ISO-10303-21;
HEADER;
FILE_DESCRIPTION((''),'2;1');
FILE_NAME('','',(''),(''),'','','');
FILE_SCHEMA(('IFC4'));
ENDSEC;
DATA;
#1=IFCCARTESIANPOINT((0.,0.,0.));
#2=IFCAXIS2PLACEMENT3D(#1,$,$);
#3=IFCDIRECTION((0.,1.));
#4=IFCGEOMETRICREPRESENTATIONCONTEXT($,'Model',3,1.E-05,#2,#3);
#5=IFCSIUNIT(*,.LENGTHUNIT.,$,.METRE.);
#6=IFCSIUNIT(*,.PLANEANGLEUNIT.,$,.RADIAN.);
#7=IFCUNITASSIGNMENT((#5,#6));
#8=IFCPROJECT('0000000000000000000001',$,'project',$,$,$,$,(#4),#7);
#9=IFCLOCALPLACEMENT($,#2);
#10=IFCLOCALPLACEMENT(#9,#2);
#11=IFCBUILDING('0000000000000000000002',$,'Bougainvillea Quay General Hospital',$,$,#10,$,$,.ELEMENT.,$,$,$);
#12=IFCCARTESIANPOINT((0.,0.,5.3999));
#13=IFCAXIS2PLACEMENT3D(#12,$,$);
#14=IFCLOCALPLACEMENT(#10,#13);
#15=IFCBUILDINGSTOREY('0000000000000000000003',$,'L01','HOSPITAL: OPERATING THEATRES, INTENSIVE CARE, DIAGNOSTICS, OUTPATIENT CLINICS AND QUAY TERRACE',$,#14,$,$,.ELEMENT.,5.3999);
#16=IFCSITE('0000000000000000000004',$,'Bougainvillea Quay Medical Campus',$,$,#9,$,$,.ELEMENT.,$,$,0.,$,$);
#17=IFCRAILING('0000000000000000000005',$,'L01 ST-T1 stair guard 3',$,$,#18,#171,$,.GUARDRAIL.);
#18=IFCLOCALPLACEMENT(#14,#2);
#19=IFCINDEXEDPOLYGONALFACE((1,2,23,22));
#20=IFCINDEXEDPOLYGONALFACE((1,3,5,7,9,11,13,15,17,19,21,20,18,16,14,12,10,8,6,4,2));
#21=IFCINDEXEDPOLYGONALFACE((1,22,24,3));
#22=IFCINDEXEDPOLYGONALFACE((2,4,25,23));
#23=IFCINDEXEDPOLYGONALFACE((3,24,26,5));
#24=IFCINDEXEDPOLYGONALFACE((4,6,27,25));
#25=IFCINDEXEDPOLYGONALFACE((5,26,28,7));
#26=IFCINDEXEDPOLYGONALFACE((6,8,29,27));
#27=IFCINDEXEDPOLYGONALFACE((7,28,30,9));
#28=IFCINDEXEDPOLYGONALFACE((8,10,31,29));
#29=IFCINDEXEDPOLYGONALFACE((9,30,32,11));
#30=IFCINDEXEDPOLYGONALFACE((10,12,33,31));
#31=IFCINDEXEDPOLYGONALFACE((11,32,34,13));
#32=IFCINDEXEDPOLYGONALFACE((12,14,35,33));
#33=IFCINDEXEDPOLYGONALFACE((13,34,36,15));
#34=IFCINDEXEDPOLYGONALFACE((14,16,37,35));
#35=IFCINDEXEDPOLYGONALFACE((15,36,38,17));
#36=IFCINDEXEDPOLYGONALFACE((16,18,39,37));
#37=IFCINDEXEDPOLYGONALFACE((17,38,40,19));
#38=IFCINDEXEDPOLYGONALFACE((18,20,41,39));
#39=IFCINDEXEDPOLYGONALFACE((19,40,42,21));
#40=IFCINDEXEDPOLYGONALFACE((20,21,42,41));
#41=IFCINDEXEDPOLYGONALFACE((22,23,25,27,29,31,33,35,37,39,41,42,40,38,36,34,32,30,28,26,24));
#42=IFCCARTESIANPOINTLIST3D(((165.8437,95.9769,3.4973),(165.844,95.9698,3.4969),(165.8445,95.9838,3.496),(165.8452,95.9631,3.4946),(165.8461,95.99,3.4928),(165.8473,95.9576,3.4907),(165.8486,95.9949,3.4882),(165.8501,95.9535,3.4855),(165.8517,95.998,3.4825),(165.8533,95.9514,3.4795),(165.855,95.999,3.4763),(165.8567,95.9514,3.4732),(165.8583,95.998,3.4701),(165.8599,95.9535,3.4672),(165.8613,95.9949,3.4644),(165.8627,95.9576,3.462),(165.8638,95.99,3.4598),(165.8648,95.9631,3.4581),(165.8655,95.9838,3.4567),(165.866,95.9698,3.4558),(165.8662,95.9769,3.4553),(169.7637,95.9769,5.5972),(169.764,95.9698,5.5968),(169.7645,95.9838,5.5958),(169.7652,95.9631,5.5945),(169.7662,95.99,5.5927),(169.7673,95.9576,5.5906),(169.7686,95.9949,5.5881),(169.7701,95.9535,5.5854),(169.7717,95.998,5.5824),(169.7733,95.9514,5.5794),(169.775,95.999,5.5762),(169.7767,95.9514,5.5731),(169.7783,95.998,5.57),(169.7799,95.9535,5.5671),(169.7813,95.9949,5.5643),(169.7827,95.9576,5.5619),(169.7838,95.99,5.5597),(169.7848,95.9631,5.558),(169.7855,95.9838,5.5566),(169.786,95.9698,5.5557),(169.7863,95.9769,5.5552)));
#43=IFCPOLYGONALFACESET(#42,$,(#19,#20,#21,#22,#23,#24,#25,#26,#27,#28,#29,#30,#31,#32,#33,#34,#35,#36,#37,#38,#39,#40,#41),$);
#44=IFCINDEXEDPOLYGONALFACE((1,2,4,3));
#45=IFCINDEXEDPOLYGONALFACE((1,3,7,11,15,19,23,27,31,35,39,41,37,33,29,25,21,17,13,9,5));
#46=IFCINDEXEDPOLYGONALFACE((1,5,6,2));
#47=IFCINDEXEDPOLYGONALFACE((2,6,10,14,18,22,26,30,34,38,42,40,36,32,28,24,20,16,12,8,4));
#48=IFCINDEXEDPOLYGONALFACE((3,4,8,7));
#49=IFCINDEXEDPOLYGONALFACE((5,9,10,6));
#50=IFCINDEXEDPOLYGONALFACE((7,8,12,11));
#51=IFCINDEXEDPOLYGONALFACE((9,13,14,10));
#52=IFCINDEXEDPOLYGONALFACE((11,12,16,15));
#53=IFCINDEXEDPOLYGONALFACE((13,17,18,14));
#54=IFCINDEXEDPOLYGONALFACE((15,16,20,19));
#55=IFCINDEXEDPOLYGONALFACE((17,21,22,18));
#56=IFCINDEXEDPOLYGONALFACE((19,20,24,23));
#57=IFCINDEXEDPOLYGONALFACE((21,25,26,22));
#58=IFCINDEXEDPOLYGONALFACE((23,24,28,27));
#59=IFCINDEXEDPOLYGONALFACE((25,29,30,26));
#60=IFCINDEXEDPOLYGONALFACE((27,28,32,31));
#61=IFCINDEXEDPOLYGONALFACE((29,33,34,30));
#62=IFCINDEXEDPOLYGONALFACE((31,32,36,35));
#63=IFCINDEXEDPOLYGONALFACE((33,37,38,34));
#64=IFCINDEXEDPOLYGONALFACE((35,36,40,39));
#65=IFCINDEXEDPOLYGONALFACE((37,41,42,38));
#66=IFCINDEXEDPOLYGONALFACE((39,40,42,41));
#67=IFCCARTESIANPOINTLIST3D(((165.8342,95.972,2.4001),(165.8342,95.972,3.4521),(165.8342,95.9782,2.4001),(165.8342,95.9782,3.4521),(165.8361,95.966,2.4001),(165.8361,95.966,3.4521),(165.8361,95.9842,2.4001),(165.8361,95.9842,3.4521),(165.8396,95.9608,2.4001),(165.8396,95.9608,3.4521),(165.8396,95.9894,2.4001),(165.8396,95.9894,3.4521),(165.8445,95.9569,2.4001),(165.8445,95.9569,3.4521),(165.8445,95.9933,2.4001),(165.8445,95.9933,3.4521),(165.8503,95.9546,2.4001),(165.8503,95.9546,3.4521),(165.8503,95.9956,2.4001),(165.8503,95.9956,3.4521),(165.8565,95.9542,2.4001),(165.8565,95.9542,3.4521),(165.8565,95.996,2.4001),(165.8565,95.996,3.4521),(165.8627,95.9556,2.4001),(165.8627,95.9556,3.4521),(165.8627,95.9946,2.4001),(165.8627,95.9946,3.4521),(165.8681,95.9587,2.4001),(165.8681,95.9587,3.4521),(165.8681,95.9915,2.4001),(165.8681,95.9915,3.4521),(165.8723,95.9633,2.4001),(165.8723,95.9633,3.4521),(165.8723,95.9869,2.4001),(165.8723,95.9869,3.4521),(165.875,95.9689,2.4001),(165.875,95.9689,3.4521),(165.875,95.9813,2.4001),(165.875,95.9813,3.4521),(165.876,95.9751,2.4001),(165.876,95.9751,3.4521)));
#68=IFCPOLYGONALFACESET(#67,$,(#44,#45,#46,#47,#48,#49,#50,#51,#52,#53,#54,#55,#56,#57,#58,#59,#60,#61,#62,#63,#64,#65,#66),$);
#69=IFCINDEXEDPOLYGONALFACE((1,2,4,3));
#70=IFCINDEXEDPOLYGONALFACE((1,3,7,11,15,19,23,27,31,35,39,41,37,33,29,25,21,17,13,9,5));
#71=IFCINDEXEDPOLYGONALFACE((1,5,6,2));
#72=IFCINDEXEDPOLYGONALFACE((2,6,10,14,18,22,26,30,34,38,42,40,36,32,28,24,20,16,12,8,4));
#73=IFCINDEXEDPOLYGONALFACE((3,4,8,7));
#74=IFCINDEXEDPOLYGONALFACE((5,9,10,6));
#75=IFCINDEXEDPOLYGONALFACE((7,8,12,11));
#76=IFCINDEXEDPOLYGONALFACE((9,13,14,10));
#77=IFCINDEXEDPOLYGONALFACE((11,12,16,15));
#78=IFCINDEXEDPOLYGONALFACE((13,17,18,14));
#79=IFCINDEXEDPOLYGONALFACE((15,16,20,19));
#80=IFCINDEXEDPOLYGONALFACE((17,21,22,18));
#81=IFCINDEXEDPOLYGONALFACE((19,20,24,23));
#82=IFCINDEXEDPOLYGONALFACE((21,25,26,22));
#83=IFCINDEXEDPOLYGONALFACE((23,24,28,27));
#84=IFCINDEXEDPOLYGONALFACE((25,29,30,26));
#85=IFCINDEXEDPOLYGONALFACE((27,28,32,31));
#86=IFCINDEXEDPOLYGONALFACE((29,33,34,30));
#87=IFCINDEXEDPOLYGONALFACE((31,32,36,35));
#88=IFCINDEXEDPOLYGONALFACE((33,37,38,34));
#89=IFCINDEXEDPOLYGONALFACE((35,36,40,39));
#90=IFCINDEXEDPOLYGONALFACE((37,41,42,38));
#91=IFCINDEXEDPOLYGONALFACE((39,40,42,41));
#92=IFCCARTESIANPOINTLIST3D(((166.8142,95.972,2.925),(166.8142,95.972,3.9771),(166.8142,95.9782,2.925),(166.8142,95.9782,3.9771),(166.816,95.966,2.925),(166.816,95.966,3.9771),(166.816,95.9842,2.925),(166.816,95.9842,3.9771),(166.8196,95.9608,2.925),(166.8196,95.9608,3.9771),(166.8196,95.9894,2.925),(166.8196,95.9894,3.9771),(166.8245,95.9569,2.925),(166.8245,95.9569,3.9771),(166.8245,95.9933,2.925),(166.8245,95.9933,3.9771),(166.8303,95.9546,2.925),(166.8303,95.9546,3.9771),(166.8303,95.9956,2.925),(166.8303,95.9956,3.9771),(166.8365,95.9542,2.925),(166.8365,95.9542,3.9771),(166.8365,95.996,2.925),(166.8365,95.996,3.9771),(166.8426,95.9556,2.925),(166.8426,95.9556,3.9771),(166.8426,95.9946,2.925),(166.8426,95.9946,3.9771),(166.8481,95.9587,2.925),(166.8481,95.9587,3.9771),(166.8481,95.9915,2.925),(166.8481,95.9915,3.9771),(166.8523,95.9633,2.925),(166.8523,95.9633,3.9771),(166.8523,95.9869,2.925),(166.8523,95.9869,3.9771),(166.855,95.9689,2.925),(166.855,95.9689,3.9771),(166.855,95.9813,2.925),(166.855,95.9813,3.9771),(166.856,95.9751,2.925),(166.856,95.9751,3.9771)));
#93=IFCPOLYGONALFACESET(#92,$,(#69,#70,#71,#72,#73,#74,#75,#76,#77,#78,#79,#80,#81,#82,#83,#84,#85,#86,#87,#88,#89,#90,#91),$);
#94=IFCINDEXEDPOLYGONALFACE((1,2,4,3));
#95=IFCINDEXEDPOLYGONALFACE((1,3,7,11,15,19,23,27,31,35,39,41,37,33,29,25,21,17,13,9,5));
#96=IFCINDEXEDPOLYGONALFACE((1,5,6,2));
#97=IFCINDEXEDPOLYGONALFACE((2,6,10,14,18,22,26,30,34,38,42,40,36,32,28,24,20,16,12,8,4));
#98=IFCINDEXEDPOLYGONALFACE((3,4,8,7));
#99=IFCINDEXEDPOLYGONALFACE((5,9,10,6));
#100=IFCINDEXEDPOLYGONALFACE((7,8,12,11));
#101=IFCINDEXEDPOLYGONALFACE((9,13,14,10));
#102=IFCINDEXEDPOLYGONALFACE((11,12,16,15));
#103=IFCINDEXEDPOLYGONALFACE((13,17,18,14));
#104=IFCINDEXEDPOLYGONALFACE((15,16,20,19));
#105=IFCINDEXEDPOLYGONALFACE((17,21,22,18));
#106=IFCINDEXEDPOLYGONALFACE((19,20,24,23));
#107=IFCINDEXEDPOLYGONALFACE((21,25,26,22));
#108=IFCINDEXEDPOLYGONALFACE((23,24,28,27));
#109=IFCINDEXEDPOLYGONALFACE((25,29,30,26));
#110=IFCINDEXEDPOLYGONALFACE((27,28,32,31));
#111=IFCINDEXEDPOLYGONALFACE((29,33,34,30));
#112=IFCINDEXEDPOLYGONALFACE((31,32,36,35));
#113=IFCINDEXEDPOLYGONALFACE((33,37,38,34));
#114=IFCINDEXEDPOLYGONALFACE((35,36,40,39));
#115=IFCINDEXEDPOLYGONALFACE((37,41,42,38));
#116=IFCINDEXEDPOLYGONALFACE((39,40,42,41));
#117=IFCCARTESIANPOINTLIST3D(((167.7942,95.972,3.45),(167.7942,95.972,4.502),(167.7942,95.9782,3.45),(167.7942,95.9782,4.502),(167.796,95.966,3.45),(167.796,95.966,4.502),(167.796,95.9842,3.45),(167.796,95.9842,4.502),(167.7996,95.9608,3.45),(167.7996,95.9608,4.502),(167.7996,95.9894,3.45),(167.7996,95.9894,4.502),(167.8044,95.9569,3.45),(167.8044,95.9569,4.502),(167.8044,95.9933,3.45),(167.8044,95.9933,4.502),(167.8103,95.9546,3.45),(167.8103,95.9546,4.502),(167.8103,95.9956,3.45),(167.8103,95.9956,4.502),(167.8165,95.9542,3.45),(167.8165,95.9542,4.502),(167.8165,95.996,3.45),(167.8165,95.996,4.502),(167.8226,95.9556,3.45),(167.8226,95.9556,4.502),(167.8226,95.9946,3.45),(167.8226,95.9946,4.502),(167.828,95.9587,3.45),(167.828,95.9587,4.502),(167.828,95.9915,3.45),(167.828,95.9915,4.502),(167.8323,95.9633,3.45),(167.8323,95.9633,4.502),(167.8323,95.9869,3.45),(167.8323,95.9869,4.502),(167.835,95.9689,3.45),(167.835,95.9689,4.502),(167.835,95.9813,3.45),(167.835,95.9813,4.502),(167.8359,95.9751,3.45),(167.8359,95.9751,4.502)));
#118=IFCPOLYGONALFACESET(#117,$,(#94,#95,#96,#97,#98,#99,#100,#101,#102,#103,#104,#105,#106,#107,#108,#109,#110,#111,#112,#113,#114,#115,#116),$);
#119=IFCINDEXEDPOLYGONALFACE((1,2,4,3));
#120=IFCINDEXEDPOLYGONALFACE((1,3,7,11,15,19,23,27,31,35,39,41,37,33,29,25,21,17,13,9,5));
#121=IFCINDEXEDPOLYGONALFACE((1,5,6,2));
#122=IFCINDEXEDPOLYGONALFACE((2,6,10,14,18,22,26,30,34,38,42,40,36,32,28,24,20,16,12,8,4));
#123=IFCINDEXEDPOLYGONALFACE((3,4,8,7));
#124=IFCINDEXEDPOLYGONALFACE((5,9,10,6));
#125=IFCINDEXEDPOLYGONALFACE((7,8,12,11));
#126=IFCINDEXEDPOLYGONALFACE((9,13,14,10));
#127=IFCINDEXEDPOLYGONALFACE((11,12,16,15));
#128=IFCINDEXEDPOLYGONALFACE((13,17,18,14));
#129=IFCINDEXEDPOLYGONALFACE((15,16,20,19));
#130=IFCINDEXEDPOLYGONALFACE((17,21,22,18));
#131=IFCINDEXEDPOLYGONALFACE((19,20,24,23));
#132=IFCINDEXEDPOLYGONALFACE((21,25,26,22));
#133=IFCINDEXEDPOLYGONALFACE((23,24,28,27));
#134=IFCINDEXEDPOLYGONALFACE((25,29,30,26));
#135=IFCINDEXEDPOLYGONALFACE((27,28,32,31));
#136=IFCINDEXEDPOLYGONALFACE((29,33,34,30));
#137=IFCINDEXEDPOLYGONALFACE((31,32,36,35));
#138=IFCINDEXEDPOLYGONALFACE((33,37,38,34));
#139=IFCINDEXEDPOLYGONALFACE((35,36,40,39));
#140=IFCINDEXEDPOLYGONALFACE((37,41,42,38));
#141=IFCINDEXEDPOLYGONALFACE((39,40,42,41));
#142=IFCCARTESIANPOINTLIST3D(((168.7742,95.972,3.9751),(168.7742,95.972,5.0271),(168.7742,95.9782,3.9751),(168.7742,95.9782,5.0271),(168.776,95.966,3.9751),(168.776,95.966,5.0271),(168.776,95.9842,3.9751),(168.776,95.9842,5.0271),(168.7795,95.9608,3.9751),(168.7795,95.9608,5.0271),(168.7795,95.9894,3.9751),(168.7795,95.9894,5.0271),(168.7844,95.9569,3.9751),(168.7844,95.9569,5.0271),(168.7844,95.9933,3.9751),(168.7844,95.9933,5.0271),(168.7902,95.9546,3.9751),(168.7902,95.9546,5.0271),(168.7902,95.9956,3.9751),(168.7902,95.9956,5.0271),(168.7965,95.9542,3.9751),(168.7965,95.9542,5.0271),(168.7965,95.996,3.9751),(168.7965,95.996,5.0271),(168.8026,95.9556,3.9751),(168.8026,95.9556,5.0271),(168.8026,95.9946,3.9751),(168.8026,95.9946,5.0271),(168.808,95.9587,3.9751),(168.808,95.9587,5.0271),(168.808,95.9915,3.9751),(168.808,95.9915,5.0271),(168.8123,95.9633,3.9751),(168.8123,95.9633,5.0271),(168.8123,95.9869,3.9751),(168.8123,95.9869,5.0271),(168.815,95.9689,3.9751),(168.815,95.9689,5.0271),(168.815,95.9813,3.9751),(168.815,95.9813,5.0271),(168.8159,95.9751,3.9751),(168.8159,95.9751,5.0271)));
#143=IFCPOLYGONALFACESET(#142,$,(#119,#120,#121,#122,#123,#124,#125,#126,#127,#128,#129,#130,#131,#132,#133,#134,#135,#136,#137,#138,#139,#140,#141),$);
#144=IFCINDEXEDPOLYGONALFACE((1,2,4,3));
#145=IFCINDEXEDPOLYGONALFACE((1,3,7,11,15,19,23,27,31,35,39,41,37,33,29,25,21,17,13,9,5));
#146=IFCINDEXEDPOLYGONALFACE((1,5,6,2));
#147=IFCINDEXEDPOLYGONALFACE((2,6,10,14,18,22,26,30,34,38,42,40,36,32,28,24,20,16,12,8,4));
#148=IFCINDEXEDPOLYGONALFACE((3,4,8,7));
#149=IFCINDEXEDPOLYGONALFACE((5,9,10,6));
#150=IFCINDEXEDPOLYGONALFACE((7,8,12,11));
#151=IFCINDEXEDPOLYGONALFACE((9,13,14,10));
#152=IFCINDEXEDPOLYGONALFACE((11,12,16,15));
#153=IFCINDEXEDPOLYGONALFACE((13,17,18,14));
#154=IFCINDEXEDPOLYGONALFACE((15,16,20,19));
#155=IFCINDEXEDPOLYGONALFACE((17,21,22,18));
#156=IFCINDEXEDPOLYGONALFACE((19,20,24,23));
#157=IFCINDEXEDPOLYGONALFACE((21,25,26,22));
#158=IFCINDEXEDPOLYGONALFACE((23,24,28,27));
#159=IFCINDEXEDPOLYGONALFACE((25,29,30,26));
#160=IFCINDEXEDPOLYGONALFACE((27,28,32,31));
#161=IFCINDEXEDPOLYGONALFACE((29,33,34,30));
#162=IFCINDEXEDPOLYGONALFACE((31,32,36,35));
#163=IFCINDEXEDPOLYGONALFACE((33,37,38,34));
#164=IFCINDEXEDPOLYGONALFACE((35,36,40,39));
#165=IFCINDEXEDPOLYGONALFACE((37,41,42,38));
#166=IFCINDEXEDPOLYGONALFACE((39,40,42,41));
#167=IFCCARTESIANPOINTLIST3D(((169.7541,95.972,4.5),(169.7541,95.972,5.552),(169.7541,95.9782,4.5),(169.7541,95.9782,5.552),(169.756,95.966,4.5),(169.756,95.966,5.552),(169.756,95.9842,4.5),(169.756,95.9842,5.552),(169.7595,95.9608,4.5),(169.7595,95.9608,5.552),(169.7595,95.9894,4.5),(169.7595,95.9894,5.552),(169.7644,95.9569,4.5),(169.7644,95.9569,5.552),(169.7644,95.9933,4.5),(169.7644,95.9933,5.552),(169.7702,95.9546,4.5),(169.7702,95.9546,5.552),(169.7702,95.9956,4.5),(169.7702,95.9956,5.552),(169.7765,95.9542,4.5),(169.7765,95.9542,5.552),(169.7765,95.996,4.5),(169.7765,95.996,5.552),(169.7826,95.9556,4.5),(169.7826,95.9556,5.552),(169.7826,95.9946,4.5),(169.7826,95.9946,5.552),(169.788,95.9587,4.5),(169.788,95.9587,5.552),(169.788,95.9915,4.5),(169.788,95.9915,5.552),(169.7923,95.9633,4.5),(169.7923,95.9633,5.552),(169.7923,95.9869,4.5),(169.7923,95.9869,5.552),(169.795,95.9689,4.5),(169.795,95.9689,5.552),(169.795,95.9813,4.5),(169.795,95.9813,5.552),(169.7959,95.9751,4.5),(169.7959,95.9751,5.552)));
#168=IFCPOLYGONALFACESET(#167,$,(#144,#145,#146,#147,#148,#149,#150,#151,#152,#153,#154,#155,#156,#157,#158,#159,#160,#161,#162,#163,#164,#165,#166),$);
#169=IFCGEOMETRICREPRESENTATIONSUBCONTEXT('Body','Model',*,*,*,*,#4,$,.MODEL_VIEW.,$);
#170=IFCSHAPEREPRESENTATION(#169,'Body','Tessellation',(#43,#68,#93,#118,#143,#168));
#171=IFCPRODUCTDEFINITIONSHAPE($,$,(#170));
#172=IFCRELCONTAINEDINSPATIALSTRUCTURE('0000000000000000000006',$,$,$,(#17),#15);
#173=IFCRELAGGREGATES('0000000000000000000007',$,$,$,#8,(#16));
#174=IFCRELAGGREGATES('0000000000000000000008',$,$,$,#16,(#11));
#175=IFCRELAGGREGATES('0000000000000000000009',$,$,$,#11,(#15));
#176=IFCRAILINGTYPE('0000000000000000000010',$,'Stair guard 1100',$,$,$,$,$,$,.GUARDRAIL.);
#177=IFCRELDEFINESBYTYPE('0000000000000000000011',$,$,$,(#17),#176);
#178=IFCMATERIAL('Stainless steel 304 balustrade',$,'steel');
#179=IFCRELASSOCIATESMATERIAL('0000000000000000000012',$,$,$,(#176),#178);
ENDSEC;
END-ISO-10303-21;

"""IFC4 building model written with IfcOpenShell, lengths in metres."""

from ifc_helpers import new_model, si_unit, direction, frame, origin, origin_2d, place, context, subcontext, project, spatial, circle, extrude, material, type_object, element, save


model = new_model("IFC4")

# Units and contexts
model_context = context("Model", 3, precision=1e-05, world=origin(), true_north=direction((0.0, 1.0)))
body_context = subcontext(model_context, "Body", "Model", "MODEL_VIEW")
ifc_project = project(units=[si_unit("LENGTHUNIT", "METRE"), si_unit("PLANEANGLEUNIT", "RADIAN")], contexts=[model_context])

# Site, building, storey
site_placement = place(None, origin())
site = spatial("IfcSite", under=ifc_project, at=site_placement, Name="Bougainvillea Quay Medical Campus", CompositionType="ELEMENT", RefElevation=0.0)
building_placement = place(site_placement, origin())
building = spatial("IfcBuilding", under=site, at=building_placement, Name="Bougainvillea Quay General Hospital", CompositionType="ELEMENT")
storey_placement = place(building_placement, frame((0.0, 0.0, 5.3999)))
storey = spatial("IfcBuildingStorey", under=building, at=storey_placement, Name="L01", Description="HOSPITAL: OPERATING THEATRES, INTENSIVE CARE, DIAGNOSTICS, OUTPATIENT CLINICS AND QUAY TERRACE", CompositionType="ELEMENT", Elevation=5.3999)

# Railing
ifc_material_1 = material(Name="Stainless steel 304 balustrade", Category="steel")
railing_type_1 = type_object("IfcRailingType", Name="Stair guard 1100", PredefinedType="GUARDRAIL", material=ifc_material_1)
railing_1_placement = place(storey_placement, frame((165.855, 95.9751, 2.4001)))
element("IfcRailing", 1, at=railing_1_placement, inside=storey, type_object=railing_type_1, Name="L01 ST-T1 stair guard 3", PredefinedType="GUARDRAIL", context=body_context, shape_type="SweptSolid", body=[
    extrude(circle(Radius=0.0239, at=origin_2d()), frame((0.0, 0.0, 1.0762), z_axis=(0.88149, 0.0, 0.472203), x_axis=(0.0, 1.0, 0.0)), (0.0, 0.0, 1.0), 4.447),
    extrude(circle(Radius=0.021, at=origin_2d()), origin(), (0.0, 0.0, 1.0), 1.052),
    extrude(circle(Radius=0.021, at=origin_2d()), frame((0.98, 0.0, 0.5249)), (0.0, 0.0, 1.0), 1.052),
    extrude(circle(Radius=0.021, at=origin_2d()), frame((1.96, 0.0, 1.0498)), (0.0, 0.0, 1.0), 1.052),
    extrude(circle(Radius=0.021, at=origin_2d()), frame((2.9399, 0.0, 1.575)), (0.0, 0.0, 1.0), 1.052),
    extrude(circle(Radius=0.021, at=origin_2d()), frame((3.9199, 0.0, 2.0999)), (0.0, 0.0, 1.0), 1.052),
])

save(model, "model.ifc")
